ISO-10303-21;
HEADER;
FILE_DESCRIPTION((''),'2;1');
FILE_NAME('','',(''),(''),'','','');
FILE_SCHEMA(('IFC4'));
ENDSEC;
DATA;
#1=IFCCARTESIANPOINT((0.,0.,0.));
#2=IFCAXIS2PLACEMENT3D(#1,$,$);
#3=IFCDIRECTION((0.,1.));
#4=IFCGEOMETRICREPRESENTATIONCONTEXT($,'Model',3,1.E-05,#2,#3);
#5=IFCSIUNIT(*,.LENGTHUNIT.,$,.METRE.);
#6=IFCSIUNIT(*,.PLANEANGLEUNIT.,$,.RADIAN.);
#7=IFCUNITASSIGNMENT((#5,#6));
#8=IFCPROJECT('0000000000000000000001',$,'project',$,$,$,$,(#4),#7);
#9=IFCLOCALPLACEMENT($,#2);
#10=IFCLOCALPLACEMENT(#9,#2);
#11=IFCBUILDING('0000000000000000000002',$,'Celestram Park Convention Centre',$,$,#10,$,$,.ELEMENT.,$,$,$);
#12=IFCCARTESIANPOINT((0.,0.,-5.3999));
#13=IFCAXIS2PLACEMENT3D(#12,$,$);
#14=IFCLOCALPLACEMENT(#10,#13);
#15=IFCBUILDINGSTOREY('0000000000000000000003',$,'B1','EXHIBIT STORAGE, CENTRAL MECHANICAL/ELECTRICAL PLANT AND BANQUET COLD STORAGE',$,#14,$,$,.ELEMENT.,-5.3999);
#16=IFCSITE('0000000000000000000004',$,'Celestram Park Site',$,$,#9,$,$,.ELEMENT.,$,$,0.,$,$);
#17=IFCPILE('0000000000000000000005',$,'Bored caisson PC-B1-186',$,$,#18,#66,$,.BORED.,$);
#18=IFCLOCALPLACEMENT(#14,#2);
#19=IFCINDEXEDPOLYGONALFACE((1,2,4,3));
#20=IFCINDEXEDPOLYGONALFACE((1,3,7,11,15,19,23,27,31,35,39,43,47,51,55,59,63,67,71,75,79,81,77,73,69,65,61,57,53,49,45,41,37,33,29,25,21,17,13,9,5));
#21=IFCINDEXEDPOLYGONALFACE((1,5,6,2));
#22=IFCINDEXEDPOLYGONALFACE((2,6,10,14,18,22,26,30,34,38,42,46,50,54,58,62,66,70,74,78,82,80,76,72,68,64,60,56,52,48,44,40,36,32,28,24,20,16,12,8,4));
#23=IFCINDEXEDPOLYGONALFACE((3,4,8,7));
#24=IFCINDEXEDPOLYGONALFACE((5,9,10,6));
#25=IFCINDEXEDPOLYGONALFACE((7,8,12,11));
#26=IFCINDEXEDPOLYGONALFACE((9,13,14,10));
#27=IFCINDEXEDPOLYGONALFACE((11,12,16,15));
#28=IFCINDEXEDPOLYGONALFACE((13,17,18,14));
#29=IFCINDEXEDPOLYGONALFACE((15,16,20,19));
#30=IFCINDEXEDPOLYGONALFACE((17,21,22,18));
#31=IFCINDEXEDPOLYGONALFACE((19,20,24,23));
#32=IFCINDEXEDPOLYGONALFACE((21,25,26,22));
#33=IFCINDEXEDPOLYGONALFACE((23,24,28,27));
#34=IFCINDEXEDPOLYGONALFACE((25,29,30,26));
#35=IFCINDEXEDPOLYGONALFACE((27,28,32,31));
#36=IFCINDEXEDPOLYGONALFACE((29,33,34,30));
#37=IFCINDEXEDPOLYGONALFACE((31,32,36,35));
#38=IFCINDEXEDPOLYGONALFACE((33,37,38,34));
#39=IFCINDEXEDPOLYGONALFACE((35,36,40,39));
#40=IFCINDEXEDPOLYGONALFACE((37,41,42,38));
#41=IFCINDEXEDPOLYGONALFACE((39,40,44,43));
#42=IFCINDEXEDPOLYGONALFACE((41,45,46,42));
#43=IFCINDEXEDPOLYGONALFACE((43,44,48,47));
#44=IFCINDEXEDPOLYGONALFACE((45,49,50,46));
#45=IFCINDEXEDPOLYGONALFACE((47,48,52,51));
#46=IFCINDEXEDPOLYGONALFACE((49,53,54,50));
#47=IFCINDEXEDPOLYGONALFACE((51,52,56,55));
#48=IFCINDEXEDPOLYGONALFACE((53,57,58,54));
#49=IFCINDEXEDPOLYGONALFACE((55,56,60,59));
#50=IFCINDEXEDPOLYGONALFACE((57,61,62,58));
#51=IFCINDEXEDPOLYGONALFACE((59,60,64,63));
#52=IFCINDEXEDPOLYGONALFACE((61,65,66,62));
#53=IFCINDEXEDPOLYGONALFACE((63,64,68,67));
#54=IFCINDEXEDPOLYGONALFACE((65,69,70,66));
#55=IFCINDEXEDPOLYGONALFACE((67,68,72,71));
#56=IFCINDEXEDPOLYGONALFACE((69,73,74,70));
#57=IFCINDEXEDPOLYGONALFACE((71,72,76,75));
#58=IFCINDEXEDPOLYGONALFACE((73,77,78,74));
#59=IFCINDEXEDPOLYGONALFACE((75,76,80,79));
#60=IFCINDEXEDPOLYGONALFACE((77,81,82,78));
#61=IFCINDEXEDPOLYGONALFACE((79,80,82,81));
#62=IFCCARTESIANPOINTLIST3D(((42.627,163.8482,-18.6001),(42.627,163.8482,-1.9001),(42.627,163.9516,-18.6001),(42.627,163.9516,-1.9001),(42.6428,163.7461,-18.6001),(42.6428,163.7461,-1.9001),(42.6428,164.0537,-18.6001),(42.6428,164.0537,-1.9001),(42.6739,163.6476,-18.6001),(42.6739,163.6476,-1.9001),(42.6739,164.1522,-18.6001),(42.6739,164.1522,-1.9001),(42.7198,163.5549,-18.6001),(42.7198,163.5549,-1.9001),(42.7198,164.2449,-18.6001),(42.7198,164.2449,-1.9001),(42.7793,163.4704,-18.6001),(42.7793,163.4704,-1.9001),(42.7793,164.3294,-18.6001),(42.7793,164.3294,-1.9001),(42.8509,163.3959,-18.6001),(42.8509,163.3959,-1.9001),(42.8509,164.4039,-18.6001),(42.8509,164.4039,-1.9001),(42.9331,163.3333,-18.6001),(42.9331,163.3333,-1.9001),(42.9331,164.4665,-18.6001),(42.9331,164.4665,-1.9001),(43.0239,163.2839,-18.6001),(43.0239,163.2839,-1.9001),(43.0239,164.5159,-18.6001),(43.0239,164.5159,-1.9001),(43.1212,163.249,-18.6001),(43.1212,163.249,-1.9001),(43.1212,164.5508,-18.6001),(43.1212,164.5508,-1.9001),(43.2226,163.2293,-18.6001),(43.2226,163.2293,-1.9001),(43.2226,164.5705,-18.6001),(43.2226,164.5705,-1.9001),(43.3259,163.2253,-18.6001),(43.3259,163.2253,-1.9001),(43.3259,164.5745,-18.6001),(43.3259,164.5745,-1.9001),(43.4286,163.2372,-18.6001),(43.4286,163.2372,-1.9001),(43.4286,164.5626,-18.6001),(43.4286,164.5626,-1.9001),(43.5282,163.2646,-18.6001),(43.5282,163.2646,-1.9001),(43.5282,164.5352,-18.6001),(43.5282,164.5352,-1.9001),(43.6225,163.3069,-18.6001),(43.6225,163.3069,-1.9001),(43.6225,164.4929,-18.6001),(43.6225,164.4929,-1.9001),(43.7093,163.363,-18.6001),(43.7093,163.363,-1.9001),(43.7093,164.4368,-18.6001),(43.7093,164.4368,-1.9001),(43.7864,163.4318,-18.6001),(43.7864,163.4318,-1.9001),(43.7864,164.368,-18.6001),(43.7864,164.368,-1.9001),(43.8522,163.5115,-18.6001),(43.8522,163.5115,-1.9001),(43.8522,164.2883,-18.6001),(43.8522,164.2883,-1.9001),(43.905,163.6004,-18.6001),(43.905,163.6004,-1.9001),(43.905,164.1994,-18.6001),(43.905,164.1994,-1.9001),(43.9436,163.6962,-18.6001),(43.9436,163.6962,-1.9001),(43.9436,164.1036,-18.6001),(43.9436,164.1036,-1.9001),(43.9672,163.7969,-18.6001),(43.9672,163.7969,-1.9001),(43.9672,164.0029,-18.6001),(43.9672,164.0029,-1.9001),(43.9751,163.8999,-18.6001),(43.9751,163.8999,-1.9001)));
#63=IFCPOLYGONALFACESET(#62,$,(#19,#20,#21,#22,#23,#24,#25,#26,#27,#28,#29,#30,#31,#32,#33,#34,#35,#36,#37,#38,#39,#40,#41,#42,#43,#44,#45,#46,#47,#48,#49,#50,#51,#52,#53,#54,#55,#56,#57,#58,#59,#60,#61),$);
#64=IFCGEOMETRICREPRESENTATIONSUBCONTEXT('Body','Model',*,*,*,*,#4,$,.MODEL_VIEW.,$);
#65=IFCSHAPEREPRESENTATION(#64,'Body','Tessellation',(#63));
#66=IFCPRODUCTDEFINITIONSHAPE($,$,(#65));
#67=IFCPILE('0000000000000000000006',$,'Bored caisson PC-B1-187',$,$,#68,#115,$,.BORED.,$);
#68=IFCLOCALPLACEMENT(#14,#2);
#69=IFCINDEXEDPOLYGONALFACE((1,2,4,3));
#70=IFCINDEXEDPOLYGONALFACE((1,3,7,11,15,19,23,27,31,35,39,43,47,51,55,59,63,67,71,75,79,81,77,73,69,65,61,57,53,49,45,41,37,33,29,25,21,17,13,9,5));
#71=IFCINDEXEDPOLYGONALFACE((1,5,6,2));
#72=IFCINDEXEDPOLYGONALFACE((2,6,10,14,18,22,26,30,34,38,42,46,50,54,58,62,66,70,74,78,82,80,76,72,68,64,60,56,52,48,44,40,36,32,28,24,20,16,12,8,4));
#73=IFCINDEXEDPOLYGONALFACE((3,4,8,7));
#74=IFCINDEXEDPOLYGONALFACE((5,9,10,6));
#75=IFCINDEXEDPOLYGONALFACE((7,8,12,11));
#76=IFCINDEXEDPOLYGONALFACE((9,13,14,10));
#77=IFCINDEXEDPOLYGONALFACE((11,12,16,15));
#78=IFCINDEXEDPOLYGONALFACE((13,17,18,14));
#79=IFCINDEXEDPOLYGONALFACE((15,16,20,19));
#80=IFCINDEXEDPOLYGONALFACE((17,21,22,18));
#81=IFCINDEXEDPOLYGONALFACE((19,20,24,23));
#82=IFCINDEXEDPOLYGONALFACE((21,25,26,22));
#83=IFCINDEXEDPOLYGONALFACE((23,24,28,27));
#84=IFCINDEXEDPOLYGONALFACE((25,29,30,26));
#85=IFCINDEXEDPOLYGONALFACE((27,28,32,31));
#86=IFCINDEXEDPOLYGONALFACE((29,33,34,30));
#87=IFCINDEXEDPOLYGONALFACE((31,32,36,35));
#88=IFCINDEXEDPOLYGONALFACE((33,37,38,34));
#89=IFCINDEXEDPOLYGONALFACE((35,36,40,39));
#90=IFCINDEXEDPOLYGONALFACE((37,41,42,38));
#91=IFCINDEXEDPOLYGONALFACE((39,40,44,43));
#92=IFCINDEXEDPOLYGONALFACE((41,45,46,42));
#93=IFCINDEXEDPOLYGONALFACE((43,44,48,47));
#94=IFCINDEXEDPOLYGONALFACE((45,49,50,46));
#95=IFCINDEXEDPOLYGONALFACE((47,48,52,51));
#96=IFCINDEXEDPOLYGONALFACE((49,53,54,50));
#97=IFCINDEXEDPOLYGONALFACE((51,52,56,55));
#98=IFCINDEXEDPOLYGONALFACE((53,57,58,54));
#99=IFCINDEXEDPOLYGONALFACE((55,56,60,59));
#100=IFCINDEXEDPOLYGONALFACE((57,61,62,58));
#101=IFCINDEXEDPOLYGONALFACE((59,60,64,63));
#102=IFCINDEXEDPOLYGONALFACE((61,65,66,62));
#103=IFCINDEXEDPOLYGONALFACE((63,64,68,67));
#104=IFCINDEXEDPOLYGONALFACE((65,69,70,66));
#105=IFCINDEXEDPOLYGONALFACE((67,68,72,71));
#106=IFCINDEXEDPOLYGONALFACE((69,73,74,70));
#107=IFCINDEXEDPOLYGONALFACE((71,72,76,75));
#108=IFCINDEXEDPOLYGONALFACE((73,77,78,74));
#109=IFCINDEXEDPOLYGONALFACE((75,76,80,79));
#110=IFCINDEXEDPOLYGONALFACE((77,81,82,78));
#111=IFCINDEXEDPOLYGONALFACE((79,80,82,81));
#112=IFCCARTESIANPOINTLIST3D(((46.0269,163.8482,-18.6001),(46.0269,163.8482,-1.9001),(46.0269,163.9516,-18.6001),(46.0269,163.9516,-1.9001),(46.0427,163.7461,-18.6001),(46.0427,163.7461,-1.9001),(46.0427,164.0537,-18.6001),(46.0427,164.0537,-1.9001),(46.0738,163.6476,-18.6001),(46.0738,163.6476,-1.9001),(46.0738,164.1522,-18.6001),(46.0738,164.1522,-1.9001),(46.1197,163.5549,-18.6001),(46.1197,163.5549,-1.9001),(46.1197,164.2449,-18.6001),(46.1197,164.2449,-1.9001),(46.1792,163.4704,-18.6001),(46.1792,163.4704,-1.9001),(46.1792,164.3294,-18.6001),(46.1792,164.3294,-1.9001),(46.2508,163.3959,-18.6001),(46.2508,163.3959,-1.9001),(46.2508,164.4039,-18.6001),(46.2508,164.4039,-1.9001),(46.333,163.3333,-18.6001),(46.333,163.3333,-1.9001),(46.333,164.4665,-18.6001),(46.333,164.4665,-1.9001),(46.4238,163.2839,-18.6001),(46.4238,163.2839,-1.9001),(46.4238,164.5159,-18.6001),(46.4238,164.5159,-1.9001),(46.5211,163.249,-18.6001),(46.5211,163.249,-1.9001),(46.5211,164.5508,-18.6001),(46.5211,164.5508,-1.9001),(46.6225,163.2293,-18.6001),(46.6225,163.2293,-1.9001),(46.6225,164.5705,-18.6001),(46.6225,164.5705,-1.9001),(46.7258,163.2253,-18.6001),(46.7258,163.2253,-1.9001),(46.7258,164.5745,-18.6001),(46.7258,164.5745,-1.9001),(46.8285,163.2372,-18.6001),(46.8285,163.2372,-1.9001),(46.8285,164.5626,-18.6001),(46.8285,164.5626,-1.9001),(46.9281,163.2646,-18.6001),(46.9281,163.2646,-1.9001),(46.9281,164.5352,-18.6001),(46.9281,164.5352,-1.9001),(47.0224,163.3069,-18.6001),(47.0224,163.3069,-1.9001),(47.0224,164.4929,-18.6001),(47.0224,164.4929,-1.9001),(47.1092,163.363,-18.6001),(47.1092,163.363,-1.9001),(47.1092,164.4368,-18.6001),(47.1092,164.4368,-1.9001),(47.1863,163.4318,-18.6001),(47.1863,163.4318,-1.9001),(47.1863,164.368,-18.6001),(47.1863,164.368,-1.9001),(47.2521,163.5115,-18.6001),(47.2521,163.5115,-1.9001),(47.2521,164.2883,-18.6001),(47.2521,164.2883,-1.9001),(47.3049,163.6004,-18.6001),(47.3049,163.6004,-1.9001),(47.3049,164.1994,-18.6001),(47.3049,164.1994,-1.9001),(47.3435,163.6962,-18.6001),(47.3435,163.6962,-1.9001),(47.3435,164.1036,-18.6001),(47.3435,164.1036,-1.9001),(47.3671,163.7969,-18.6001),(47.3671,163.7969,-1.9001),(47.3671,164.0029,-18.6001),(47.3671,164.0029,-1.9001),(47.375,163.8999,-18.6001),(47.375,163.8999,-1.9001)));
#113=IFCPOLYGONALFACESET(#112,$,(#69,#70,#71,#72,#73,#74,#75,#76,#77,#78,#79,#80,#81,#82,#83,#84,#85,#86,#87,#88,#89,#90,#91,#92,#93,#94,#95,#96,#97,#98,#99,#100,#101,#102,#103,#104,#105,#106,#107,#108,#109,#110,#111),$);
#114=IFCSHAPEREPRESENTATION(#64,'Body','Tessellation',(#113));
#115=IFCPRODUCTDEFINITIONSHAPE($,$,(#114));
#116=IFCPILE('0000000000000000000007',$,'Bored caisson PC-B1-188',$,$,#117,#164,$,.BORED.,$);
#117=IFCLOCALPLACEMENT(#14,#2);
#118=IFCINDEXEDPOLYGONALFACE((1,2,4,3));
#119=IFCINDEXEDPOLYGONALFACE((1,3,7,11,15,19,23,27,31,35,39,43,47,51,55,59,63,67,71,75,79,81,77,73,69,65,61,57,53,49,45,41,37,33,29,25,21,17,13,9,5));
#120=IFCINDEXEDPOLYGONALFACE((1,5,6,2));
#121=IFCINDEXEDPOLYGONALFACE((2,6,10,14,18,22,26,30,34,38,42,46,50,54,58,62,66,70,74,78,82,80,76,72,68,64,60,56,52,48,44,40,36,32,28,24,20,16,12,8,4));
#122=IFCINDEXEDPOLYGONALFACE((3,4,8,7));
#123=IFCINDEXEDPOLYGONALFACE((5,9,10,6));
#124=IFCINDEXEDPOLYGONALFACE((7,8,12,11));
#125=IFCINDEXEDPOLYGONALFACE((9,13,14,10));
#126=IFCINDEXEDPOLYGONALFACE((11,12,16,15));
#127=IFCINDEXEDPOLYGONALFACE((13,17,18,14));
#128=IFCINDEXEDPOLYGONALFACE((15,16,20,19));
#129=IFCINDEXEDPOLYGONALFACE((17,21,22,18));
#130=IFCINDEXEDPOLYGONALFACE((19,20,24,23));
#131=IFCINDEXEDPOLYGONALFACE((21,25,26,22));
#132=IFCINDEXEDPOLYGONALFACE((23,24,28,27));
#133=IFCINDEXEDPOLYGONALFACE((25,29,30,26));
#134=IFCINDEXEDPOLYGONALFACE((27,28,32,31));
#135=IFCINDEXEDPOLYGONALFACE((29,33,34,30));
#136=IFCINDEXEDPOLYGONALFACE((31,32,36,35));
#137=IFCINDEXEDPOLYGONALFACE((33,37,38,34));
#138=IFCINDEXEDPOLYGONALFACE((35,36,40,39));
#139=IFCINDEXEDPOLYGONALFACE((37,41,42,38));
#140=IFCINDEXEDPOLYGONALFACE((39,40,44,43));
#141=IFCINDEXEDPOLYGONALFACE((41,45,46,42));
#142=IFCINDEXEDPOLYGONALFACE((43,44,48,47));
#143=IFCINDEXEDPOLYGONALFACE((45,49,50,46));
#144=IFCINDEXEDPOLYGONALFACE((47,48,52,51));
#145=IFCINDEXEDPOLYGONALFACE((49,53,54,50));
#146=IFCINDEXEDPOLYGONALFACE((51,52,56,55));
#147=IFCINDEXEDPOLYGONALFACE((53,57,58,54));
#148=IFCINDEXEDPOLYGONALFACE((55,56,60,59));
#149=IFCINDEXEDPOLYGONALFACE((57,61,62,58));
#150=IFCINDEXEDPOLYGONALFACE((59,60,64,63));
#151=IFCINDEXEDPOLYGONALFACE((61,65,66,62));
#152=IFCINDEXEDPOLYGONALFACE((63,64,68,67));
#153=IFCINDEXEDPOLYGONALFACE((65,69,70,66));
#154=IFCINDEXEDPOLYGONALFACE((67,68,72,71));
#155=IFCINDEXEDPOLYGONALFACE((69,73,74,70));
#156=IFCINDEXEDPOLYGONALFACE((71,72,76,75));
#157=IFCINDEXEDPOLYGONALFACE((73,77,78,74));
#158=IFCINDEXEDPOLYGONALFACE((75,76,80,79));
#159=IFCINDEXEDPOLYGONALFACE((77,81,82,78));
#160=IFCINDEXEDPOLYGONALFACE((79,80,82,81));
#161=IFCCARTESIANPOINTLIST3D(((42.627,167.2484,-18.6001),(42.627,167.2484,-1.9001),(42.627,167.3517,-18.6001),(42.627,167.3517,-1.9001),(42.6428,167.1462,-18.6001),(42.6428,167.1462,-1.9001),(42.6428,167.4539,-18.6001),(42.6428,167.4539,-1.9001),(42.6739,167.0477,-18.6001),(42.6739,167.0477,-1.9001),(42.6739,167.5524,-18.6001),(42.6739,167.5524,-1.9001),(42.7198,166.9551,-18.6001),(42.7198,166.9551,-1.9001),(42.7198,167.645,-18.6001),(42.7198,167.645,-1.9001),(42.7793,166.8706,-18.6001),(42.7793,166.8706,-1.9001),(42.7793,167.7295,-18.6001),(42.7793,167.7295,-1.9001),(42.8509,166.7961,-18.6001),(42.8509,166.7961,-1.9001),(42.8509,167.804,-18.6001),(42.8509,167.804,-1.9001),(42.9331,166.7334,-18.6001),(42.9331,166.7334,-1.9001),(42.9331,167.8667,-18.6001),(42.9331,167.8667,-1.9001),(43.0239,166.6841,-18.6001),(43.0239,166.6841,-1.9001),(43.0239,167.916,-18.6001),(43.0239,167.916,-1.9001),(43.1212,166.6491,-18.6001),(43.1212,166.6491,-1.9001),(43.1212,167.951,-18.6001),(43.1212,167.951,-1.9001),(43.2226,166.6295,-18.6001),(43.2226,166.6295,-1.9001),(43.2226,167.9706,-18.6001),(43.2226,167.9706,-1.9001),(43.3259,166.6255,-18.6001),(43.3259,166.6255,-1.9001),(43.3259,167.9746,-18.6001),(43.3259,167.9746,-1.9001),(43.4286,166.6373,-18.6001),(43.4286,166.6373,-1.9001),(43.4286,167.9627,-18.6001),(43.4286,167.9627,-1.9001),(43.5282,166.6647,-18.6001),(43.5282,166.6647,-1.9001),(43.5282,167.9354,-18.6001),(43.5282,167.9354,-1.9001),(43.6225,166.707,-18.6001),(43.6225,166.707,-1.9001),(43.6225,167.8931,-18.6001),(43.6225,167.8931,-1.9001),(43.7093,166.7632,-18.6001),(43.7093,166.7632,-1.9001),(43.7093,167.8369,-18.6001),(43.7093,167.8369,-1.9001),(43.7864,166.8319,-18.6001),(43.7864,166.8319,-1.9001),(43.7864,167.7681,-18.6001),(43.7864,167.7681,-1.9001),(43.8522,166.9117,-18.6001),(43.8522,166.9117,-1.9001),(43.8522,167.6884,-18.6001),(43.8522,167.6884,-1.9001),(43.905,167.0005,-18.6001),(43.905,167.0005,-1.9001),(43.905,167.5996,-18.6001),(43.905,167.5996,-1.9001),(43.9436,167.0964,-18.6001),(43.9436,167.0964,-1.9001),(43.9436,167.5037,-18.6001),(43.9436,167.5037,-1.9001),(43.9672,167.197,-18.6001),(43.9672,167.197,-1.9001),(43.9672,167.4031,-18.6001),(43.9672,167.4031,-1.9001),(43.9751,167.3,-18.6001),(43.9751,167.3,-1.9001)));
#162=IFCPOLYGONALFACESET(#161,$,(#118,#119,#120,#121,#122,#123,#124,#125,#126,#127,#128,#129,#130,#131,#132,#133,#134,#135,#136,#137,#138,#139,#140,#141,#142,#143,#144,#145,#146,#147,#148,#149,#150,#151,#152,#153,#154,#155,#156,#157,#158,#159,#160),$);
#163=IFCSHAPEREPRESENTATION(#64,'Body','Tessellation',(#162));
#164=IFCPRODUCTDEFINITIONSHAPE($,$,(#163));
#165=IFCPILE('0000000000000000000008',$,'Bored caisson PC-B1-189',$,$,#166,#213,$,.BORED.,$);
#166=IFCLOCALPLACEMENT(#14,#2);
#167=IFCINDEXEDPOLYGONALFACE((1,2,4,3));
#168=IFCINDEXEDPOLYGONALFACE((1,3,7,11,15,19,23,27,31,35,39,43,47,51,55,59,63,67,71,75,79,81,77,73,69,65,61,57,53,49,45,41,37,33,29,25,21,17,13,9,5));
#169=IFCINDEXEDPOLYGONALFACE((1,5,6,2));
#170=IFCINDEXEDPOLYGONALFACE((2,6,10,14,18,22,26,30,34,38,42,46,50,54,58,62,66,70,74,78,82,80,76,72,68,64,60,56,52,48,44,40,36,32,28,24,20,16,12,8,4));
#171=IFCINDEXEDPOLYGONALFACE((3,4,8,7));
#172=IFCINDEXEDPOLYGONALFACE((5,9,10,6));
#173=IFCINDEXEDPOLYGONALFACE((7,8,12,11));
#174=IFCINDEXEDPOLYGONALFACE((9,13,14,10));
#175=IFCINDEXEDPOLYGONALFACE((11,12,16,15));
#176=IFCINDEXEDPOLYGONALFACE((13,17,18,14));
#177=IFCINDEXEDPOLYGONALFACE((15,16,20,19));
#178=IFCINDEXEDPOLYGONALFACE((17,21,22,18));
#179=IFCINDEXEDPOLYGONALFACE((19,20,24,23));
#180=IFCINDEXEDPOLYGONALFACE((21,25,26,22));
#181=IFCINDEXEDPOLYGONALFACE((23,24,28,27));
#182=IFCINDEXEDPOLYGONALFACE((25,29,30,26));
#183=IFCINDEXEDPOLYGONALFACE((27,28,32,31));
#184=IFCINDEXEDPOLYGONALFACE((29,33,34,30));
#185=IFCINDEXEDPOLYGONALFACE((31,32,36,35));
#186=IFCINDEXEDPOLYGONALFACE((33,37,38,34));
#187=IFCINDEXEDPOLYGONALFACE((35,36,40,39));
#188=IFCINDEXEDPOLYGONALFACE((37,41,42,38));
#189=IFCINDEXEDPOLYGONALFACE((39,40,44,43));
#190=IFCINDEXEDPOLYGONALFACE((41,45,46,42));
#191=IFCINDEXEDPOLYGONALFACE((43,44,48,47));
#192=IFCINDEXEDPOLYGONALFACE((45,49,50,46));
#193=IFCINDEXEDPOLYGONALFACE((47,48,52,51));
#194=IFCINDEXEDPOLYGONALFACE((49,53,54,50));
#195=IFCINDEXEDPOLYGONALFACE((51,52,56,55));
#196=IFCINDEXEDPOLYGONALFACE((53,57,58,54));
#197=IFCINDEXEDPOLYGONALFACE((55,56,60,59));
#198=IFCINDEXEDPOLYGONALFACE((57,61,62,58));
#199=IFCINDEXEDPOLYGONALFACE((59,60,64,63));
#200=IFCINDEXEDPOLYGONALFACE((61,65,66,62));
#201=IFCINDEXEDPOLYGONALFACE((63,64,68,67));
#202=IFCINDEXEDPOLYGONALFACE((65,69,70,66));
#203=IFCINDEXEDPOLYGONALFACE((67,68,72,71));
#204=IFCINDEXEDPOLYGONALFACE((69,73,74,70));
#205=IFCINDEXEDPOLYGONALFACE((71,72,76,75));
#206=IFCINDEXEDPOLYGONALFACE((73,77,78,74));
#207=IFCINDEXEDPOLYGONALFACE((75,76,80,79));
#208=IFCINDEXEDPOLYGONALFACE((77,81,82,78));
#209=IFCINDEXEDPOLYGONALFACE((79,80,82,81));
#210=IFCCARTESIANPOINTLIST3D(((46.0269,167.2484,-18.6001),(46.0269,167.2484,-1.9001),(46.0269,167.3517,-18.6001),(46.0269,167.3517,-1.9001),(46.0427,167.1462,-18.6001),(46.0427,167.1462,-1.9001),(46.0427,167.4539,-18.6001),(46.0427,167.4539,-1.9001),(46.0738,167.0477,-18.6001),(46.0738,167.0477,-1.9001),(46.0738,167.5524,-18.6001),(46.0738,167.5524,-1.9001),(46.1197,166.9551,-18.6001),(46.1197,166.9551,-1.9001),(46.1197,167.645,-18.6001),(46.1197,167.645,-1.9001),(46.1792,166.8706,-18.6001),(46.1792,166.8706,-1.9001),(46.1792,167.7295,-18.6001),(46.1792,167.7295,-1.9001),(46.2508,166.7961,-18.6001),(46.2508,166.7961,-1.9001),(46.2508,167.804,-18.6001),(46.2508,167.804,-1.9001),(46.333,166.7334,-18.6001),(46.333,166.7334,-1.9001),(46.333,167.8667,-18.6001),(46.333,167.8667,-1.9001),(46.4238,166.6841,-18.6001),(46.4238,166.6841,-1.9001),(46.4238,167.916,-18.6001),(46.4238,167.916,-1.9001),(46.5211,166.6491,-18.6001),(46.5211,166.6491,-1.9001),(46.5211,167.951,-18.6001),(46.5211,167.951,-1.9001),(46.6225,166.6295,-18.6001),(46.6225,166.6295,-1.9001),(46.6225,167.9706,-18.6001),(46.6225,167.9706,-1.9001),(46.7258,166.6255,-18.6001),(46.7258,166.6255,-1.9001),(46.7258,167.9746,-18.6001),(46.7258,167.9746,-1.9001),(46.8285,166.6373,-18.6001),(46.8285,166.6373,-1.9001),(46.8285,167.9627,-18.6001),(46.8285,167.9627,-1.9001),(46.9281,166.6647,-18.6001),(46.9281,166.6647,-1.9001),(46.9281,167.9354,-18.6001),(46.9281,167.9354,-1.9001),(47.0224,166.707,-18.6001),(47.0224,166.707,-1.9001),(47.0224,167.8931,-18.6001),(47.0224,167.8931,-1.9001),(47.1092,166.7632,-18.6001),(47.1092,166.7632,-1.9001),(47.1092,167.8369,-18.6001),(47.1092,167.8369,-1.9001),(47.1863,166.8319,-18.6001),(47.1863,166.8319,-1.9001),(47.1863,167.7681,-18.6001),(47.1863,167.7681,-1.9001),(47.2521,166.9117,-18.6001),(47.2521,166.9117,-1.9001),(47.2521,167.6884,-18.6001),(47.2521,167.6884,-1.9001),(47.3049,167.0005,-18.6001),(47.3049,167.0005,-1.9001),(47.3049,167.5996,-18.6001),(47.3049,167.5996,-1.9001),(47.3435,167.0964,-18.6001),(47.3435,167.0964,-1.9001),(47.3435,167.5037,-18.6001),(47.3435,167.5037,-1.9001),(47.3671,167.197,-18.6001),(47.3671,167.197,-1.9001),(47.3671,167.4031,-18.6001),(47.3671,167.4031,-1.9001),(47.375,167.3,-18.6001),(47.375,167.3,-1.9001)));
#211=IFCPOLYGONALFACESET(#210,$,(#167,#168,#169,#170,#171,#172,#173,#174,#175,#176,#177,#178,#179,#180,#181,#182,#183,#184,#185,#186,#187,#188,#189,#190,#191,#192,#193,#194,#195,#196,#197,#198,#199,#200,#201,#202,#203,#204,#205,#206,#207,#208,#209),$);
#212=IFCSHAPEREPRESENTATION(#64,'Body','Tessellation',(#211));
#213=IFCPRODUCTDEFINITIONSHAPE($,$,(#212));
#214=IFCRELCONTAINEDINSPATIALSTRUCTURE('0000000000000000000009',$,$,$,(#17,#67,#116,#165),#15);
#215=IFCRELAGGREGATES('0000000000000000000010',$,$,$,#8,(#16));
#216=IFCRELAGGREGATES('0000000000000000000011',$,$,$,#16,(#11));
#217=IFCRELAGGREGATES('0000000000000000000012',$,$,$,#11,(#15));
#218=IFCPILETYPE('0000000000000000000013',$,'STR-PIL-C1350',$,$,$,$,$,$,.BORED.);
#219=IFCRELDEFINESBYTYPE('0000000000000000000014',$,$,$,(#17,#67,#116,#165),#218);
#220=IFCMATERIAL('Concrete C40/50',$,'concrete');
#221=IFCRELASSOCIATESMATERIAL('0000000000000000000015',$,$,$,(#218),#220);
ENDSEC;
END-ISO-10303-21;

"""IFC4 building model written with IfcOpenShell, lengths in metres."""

from ifc_helpers import new_model, si_unit, direction, frame, origin, origin_2d, place, context, subcontext, project, spatial, circle, extrude, material, material_profile, profile_set, type_object, element, save


model = new_model("IFC4")

# Units and contexts
model_context = context("Model", 3, precision=1e-05, world=origin(), true_north=direction((0.0, 1.0)))
body_context = subcontext(model_context, "Body", "Model", "MODEL_VIEW")
ifc_project = project(units=[si_unit("LENGTHUNIT", "METRE"), si_unit("PLANEANGLEUNIT", "RADIAN")], contexts=[model_context])

# Site, building, storey
site_placement = place(None, origin())
site = spatial("IfcSite", under=ifc_project, at=site_placement, Name="Celestram Park Site", CompositionType="ELEMENT", RefElevation=0.0)
building_placement = place(site_placement, origin())
building = spatial("IfcBuilding", under=site, at=building_placement, Name="Celestram Park Convention Centre", CompositionType="ELEMENT")
storey_placement = place(building_placement, frame((0.0, 0.0, -5.3999)))
storey = spatial("IfcBuildingStorey", under=building, at=storey_placement, Name="B1", Description="EXHIBIT STORAGE, CENTRAL MECHANICAL/ELECTRICAL PLANT AND BANQUET COLD STORAGE", CompositionType="ELEMENT", Elevation=-5.3999)

# Shared definitions
ifc_material_1 = material(Name="Concrete C40/50", Category="concrete")

# Piles
ifc_material_profile_1 = material_profile(ifc_material_1, circle(Radius=0.675, at=origin_2d()), Name="CAISSON1350")
ifc_profile_set_1 = profile_set([ifc_material_profile_1], Name="Concrete C40/50")
pile_type = type_object("IfcPileType", Name="STR-PIL-C1350", PredefinedType="BORED", material=ifc_profile_set_1)
for number, where, z_axis, x_axis, name in (
    (1, (43.3, 163.8999, -1.9001), (0.0, 0.0, -1.0), (1.0, 0.0, 0.0), "Bored caisson PC-B1-186"),
    (2, (46.7, 163.8999, -1.9001), (0.0, 0.0, -1.0), (1.0, 0.0, 0.0), "Bored caisson PC-B1-187"),
    (3, (43.3, 167.3, -1.9001), (0.0, 0.0, -1.0), (1.0, 0.0, 0.0), "Bored caisson PC-B1-188"),
    (4, (46.7, 167.3, -1.9001), (0.0, 0.0, -1.0), (1.0, 0.0, 0.0), "Bored caisson PC-B1-189"),
):
    element("IfcPile", number, at=place(storey_placement, frame(where, z_axis=z_axis, x_axis=x_axis)), inside=storey, type_object=pile_type, Name=name, PredefinedType="BORED", context=body_context, shape_type="SweptSolid", body=[
        extrude(circle(Radius=0.675, at=origin_2d()), origin(), (0.0, 0.0, 1.0), 16.7),
    ])

save(model, "model.ifc")
